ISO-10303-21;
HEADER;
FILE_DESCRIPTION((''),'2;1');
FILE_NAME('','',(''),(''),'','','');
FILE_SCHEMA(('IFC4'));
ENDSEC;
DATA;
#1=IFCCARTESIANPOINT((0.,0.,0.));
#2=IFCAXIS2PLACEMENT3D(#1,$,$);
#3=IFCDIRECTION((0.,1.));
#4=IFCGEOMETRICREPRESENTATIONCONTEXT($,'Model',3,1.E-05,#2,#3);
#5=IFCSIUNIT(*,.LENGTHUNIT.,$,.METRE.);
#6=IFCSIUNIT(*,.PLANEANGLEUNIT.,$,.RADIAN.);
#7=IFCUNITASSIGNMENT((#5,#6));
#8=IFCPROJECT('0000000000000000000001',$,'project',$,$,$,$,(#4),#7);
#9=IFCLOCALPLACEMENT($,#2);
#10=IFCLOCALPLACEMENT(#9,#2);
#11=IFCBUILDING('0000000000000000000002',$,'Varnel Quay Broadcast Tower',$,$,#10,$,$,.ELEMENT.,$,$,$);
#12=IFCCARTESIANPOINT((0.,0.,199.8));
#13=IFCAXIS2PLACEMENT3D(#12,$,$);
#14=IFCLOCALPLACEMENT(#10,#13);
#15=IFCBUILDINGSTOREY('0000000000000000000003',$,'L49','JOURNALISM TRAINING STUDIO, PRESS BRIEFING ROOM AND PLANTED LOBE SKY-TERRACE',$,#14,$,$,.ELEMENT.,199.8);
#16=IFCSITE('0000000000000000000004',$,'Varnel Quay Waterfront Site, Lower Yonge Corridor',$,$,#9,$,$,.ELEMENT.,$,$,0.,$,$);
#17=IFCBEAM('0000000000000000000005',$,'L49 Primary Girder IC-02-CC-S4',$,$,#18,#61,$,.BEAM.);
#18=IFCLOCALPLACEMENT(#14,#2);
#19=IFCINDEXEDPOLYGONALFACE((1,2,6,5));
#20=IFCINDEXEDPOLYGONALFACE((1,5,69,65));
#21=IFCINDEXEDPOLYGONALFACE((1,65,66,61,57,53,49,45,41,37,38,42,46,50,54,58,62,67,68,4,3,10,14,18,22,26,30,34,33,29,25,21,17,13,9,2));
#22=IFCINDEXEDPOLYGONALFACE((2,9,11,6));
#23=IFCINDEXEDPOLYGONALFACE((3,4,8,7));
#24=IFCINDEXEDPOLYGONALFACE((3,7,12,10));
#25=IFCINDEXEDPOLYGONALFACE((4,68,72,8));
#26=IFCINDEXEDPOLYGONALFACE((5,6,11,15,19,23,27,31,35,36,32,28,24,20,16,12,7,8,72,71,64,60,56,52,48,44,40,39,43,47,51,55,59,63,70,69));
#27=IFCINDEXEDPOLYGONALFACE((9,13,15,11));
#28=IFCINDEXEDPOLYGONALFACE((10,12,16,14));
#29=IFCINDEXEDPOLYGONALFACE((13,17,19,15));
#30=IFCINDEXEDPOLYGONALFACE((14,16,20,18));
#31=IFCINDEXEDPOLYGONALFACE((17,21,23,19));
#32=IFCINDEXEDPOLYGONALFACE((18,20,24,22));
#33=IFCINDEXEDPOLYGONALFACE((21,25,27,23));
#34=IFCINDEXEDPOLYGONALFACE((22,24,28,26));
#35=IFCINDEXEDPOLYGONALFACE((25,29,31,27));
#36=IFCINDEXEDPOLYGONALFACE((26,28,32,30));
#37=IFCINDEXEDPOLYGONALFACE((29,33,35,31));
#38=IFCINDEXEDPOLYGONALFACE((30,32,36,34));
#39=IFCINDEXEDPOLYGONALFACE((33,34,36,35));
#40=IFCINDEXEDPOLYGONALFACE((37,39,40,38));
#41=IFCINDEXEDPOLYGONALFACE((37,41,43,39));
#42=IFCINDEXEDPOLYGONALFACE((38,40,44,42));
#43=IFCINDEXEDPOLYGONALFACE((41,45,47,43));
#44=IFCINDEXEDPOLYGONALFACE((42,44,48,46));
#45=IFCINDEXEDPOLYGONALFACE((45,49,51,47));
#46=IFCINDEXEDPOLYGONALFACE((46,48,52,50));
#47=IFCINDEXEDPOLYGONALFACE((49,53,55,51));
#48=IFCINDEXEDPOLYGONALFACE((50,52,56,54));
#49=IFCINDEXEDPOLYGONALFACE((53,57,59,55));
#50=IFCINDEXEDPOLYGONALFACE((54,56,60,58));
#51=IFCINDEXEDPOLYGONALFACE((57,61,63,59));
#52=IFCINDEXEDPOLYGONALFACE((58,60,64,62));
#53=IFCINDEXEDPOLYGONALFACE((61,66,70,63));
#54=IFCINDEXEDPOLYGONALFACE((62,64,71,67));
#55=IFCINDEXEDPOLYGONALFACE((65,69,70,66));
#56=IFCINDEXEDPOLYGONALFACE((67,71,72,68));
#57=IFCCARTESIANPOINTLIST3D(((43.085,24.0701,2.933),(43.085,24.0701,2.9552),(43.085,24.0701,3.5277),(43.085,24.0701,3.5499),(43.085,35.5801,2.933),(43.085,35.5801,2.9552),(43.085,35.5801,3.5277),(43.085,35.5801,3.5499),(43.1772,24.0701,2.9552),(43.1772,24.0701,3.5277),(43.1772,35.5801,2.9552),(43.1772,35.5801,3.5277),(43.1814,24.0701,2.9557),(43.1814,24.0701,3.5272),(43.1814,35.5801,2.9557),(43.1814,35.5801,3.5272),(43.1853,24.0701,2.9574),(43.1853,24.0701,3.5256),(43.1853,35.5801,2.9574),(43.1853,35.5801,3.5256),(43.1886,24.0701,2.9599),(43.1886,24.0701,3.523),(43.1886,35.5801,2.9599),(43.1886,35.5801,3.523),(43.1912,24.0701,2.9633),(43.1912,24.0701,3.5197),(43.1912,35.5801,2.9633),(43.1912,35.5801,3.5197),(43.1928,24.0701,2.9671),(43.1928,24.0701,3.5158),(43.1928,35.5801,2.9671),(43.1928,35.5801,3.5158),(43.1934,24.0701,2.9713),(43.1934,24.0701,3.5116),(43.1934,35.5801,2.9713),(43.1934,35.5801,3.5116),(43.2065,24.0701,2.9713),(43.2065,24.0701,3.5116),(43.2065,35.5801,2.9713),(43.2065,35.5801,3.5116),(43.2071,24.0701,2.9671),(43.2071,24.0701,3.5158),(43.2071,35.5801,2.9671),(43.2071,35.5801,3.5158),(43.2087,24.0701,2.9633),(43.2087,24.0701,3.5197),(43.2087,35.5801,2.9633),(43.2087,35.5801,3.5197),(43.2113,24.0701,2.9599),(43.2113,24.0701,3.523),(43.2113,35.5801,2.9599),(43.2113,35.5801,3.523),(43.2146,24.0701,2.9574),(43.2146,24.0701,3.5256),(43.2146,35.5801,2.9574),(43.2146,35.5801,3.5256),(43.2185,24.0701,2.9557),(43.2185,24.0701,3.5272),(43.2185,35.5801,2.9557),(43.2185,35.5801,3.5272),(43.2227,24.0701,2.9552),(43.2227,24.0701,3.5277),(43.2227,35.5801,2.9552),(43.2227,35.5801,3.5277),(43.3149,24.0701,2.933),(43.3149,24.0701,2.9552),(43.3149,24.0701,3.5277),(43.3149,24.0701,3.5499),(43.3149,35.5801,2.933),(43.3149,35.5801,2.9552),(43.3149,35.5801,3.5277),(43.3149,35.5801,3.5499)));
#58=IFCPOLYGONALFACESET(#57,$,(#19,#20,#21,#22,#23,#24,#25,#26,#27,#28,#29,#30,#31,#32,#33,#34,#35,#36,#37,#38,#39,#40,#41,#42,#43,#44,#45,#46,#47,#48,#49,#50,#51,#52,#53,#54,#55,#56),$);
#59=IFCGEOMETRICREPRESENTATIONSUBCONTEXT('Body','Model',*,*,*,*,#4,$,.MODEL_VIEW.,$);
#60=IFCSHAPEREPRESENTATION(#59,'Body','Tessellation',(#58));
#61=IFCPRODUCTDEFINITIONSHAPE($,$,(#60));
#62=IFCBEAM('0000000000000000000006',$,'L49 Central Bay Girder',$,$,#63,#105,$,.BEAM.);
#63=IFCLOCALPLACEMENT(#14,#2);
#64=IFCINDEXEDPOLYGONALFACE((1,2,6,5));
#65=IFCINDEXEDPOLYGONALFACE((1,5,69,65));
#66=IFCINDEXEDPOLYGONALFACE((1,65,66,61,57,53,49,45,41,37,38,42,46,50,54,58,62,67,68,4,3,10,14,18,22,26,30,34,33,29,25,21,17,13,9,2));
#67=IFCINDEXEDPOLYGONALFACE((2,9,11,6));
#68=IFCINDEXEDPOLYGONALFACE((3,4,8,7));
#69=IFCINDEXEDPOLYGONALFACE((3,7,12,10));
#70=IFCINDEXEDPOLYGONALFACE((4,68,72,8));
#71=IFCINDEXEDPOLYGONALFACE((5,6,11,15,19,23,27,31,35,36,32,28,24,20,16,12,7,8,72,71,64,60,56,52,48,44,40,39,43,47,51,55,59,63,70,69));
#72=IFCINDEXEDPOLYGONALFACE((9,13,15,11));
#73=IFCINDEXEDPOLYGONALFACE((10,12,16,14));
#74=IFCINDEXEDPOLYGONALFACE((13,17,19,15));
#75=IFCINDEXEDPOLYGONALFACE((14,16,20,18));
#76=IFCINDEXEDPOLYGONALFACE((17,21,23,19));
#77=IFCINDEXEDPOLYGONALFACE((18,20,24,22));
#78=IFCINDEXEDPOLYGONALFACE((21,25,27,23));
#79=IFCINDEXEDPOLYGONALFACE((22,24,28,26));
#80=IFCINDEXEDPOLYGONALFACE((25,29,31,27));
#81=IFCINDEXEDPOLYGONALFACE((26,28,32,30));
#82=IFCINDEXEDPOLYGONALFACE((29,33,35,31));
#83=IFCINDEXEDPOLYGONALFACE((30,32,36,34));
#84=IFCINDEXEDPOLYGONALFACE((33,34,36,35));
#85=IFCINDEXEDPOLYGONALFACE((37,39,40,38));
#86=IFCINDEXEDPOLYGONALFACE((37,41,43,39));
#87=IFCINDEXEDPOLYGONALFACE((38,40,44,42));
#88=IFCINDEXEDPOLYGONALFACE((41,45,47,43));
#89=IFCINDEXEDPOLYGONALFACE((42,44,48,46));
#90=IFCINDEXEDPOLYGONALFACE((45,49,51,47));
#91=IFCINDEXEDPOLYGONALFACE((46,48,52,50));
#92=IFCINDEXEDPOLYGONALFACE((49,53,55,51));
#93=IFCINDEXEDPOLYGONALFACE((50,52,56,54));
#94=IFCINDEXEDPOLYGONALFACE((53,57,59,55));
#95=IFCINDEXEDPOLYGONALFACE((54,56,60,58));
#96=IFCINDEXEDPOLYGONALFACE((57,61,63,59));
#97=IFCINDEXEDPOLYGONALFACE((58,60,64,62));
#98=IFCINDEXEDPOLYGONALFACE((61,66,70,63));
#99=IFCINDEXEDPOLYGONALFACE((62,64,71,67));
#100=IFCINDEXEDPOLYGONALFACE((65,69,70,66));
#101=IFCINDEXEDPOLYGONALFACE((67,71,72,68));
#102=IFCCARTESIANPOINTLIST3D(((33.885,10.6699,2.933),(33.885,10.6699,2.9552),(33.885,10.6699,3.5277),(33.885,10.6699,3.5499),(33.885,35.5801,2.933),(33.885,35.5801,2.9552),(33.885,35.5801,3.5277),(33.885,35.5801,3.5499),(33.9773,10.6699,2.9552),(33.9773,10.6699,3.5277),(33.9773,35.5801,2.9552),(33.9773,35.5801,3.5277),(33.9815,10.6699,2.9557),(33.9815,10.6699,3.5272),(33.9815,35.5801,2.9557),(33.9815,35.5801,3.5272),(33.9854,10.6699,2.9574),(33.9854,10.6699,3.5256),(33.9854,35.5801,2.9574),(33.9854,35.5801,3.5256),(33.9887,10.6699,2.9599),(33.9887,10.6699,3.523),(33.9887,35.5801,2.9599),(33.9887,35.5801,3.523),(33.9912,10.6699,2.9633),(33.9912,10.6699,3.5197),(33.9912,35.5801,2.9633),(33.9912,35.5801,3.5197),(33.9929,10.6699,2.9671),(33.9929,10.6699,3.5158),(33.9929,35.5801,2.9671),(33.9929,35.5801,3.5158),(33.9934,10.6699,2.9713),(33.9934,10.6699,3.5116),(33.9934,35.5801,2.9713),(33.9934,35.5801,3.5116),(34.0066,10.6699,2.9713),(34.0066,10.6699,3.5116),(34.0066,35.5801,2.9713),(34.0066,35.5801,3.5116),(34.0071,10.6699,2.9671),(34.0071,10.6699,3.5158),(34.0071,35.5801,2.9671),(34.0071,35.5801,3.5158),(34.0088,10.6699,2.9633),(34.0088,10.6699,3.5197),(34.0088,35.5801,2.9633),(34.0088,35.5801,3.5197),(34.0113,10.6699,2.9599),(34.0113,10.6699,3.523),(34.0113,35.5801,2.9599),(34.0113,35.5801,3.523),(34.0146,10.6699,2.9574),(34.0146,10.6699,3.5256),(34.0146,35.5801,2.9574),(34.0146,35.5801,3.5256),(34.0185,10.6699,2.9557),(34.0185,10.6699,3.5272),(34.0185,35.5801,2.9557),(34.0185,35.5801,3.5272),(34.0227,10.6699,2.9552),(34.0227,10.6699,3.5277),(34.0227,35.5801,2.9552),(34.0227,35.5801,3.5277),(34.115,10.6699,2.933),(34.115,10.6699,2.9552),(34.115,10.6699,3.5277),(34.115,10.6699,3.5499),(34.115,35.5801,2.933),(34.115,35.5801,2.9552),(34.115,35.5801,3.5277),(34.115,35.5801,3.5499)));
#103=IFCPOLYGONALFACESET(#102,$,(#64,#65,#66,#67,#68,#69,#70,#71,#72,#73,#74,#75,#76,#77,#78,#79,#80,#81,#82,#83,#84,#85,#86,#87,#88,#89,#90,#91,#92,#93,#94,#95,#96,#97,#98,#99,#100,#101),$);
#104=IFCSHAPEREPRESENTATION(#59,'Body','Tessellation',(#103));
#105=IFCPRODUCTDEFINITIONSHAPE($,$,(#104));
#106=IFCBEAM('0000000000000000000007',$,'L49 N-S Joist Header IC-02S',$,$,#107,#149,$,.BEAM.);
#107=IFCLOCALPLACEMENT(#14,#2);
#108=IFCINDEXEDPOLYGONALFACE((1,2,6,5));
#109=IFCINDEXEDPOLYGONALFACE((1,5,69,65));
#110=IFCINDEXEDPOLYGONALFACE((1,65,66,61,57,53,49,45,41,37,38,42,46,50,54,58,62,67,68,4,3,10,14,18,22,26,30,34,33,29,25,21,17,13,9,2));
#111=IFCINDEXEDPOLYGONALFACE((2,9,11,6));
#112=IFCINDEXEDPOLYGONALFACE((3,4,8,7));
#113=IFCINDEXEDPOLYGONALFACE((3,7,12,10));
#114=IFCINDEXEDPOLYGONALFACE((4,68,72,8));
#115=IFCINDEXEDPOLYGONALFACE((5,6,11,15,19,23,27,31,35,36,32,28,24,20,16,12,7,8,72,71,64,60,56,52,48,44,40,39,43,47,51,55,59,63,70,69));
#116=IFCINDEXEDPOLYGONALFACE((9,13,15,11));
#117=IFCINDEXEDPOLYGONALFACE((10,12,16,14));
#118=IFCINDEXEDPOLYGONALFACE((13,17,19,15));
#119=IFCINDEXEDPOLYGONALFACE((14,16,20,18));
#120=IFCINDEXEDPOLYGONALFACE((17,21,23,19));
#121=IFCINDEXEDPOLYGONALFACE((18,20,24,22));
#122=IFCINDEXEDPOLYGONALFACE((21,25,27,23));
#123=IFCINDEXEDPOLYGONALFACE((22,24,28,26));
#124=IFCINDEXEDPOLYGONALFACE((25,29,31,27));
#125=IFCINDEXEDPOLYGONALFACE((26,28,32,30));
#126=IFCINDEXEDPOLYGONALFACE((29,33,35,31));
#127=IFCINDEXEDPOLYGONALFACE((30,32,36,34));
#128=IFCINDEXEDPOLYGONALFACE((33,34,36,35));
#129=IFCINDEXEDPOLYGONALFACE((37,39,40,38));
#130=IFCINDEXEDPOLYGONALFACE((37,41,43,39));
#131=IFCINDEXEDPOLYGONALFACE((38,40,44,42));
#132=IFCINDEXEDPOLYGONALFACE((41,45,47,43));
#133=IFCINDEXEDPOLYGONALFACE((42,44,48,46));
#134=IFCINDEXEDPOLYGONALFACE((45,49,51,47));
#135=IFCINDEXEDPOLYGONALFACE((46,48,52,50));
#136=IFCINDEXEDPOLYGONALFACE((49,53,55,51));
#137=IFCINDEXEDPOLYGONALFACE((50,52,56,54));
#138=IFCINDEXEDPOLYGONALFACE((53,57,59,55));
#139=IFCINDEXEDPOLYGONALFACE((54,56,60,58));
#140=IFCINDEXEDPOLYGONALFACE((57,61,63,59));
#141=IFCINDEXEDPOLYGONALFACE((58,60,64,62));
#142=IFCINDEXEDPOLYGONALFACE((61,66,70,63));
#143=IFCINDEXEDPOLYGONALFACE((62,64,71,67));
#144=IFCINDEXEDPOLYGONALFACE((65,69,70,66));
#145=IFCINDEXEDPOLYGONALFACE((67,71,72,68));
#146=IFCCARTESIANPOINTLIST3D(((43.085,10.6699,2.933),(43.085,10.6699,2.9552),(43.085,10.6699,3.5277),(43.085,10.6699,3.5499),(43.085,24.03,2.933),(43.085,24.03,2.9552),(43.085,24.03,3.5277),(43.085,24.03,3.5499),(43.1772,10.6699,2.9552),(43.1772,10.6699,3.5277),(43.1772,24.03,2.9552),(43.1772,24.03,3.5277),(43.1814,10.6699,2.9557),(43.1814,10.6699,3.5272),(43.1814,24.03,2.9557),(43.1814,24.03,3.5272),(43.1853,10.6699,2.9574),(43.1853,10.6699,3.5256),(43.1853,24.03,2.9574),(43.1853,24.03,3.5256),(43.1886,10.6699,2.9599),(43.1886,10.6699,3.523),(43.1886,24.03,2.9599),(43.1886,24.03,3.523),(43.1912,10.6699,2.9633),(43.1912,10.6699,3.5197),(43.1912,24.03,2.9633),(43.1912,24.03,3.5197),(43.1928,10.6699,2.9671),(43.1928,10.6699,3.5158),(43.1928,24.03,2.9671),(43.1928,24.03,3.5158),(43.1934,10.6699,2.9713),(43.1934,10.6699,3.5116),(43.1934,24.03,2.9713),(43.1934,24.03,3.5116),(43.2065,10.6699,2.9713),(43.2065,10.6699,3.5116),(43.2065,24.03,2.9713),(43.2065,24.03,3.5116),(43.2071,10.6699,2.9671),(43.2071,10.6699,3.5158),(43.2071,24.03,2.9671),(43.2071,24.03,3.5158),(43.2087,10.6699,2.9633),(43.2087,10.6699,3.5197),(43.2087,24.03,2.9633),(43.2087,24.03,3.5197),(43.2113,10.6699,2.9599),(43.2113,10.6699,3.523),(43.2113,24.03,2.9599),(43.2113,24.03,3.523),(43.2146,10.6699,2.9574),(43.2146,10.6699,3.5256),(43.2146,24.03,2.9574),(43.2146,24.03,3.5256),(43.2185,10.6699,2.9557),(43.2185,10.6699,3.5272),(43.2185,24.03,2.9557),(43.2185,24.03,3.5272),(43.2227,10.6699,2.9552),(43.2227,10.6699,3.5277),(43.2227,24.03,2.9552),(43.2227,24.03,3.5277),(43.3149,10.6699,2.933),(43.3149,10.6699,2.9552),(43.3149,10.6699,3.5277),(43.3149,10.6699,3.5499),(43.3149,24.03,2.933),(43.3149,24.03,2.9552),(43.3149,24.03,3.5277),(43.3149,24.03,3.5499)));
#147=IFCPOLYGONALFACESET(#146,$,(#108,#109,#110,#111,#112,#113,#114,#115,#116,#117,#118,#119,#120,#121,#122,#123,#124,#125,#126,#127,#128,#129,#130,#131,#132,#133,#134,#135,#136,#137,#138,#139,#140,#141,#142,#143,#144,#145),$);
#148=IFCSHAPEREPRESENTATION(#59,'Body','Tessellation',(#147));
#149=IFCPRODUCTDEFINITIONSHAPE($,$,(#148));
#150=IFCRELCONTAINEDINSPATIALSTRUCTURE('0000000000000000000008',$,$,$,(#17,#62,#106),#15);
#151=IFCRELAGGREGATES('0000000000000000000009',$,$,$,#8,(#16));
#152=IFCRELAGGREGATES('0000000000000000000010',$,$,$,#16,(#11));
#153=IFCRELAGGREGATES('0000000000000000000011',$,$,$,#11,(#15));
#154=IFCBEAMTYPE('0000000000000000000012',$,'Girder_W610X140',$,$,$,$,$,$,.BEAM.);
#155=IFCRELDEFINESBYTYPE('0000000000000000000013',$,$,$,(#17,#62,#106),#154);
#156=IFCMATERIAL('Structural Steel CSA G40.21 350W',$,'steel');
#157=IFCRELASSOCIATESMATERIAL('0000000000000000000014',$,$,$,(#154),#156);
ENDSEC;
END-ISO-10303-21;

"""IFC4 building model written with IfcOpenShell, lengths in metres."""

from ifc_helpers import new_model, si_unit, direction, frame, origin, origin_2d, place, context, subcontext, project, spatial, i_section, extrude, source, transform, mapped, material, material_profile, profile_set, type_object, element, save


model = new_model("IFC4")

# Units and contexts
model_context = context("Model", 3, precision=1e-05, world=origin(), true_north=direction((0.0, 1.0)))
body_context = subcontext(model_context, "Body", "Model", "MODEL_VIEW")
ifc_project = project(units=[si_unit("LENGTHUNIT", "METRE"), si_unit("PLANEANGLEUNIT", "RADIAN")], contexts=[model_context])

# Site, building, storey
site_placement = place(None, origin())
site = spatial("IfcSite", under=ifc_project, at=site_placement, Name="Varnel Quay Waterfront Site, Lower Yonge Corridor", CompositionType="ELEMENT", RefElevation=0.0)
building_placement = place(site_placement, origin())
building = spatial("IfcBuilding", under=site, at=building_placement, Name="Varnel Quay Broadcast Tower", CompositionType="ELEMENT")
storey_placement = place(building_placement, frame((0.0, 0.0, 199.8)))
storey = spatial("IfcBuildingStorey", under=building, at=storey_placement, Name="L49", Description="JOURNALISM TRAINING STUDIO, PRESS BRIEFING ROOM AND PLANTED LOBE SKY-TERRACE", CompositionType="ELEMENT", Elevation=199.8)

# Shared definitions
ifc_material_1 = material(Name="Structural Steel CSA G40.21 350W", Category="steel")

# Beams
ifc_material_profile_1 = material_profile(ifc_material_1, i_section(OverallWidth=0.23, OverallDepth=0.6169, WebThickness=0.0132, FlangeThickness=0.0222, FilletRadius=0.0161, at=origin_2d()), Name="W610X140")
ifc_profile_set_1 = profile_set([ifc_material_profile_1], Name="Structural Steel CSA G40.21 350W")
beam_type_1 = type_object("IfcBeamType", Name="Girder_W610X140", PredefinedType="BEAM", material=ifc_profile_set_1)
shared_shape_1 = source(origin(), body_context, "Body", "SweptSolid", [
    extrude(i_section(OverallWidth=0.23, OverallDepth=0.6169, WebThickness=0.0132, FlangeThickness=0.0222, FilletRadius=0.0161, at=origin_2d()), origin(), (0.0, 0.0, 1.0), 11.51),
])
beam_1_placement = place(storey_placement, frame((43.2, 24.0701, 3.2415), z_axis=(0.0, 1.0, 0.0), x_axis=(-1.0, 0.0, 0.0)))
element("IfcBeam", 1, at=beam_1_placement, inside=storey, type_object=beam_type_1, Name="L49 Primary Girder IC-02-CC-S4", PredefinedType="BEAM", context=body_context, shape_type="MappedRepresentation", body=[
    mapped(shared_shape_1, transform((0.0, 0.0, 0.0), x_axis=(1.0, 0.0, 0.0), y_axis=(0.0, 1.0, 0.0), z_axis=(0.0, 0.0, 1.0), scale=1.0)),
])
shared_shape_2 = source(origin(), body_context, "Body", "SweptSolid", [
    extrude(i_section(OverallWidth=0.23, OverallDepth=0.6169, WebThickness=0.0132, FlangeThickness=0.0222, FilletRadius=0.0161, at=origin_2d()), origin(), (0.0, 0.0, 1.0), 24.9102),
])
beam_2_placement = place(storey_placement, frame((34.0, 10.6699, 3.2415), z_axis=(0.0, 1.0, 0.0), x_axis=(-1.0, 0.0, 0.0)))
element("IfcBeam", 2, at=beam_2_placement, inside=storey, type_object=beam_type_1, Name="L49 Central Bay Girder", PredefinedType="BEAM", context=body_context, shape_type="MappedRepresentation", body=[
    mapped(shared_shape_2, transform((0.0, 0.0, 0.0), x_axis=(1.0, 0.0, 0.0), y_axis=(0.0, 1.0, 0.0), z_axis=(0.0, 0.0, 1.0), scale=1.0)),
])
shared_shape_3 = source(origin(), body_context, "Body", "SweptSolid", [
    extrude(i_section(OverallWidth=0.23, OverallDepth=0.6169, WebThickness=0.0132, FlangeThickness=0.0222, FilletRadius=0.0161, at=origin_2d()), origin(), (0.0, 0.0, 1.0), 13.3601),
])
beam_3_placement = place(storey_placement, frame((43.2, 10.6699, 3.2415), z_axis=(0.0, 1.0, 0.0), x_axis=(-1.0, 0.0, 0.0)))
element("IfcBeam", 3, at=beam_3_placement, inside=storey, type_object=beam_type_1, Name="L49 N-S Joist Header IC-02S", PredefinedType="BEAM", context=body_context, shape_type="MappedRepresentation", body=[
    mapped(shared_shape_3, transform((0.0, 0.0, 0.0), x_axis=(1.0, 0.0, 0.0), y_axis=(0.0, 1.0, 0.0), z_axis=(0.0, 0.0, 1.0), scale=1.0)),
])

save(model, "model.ifc")
